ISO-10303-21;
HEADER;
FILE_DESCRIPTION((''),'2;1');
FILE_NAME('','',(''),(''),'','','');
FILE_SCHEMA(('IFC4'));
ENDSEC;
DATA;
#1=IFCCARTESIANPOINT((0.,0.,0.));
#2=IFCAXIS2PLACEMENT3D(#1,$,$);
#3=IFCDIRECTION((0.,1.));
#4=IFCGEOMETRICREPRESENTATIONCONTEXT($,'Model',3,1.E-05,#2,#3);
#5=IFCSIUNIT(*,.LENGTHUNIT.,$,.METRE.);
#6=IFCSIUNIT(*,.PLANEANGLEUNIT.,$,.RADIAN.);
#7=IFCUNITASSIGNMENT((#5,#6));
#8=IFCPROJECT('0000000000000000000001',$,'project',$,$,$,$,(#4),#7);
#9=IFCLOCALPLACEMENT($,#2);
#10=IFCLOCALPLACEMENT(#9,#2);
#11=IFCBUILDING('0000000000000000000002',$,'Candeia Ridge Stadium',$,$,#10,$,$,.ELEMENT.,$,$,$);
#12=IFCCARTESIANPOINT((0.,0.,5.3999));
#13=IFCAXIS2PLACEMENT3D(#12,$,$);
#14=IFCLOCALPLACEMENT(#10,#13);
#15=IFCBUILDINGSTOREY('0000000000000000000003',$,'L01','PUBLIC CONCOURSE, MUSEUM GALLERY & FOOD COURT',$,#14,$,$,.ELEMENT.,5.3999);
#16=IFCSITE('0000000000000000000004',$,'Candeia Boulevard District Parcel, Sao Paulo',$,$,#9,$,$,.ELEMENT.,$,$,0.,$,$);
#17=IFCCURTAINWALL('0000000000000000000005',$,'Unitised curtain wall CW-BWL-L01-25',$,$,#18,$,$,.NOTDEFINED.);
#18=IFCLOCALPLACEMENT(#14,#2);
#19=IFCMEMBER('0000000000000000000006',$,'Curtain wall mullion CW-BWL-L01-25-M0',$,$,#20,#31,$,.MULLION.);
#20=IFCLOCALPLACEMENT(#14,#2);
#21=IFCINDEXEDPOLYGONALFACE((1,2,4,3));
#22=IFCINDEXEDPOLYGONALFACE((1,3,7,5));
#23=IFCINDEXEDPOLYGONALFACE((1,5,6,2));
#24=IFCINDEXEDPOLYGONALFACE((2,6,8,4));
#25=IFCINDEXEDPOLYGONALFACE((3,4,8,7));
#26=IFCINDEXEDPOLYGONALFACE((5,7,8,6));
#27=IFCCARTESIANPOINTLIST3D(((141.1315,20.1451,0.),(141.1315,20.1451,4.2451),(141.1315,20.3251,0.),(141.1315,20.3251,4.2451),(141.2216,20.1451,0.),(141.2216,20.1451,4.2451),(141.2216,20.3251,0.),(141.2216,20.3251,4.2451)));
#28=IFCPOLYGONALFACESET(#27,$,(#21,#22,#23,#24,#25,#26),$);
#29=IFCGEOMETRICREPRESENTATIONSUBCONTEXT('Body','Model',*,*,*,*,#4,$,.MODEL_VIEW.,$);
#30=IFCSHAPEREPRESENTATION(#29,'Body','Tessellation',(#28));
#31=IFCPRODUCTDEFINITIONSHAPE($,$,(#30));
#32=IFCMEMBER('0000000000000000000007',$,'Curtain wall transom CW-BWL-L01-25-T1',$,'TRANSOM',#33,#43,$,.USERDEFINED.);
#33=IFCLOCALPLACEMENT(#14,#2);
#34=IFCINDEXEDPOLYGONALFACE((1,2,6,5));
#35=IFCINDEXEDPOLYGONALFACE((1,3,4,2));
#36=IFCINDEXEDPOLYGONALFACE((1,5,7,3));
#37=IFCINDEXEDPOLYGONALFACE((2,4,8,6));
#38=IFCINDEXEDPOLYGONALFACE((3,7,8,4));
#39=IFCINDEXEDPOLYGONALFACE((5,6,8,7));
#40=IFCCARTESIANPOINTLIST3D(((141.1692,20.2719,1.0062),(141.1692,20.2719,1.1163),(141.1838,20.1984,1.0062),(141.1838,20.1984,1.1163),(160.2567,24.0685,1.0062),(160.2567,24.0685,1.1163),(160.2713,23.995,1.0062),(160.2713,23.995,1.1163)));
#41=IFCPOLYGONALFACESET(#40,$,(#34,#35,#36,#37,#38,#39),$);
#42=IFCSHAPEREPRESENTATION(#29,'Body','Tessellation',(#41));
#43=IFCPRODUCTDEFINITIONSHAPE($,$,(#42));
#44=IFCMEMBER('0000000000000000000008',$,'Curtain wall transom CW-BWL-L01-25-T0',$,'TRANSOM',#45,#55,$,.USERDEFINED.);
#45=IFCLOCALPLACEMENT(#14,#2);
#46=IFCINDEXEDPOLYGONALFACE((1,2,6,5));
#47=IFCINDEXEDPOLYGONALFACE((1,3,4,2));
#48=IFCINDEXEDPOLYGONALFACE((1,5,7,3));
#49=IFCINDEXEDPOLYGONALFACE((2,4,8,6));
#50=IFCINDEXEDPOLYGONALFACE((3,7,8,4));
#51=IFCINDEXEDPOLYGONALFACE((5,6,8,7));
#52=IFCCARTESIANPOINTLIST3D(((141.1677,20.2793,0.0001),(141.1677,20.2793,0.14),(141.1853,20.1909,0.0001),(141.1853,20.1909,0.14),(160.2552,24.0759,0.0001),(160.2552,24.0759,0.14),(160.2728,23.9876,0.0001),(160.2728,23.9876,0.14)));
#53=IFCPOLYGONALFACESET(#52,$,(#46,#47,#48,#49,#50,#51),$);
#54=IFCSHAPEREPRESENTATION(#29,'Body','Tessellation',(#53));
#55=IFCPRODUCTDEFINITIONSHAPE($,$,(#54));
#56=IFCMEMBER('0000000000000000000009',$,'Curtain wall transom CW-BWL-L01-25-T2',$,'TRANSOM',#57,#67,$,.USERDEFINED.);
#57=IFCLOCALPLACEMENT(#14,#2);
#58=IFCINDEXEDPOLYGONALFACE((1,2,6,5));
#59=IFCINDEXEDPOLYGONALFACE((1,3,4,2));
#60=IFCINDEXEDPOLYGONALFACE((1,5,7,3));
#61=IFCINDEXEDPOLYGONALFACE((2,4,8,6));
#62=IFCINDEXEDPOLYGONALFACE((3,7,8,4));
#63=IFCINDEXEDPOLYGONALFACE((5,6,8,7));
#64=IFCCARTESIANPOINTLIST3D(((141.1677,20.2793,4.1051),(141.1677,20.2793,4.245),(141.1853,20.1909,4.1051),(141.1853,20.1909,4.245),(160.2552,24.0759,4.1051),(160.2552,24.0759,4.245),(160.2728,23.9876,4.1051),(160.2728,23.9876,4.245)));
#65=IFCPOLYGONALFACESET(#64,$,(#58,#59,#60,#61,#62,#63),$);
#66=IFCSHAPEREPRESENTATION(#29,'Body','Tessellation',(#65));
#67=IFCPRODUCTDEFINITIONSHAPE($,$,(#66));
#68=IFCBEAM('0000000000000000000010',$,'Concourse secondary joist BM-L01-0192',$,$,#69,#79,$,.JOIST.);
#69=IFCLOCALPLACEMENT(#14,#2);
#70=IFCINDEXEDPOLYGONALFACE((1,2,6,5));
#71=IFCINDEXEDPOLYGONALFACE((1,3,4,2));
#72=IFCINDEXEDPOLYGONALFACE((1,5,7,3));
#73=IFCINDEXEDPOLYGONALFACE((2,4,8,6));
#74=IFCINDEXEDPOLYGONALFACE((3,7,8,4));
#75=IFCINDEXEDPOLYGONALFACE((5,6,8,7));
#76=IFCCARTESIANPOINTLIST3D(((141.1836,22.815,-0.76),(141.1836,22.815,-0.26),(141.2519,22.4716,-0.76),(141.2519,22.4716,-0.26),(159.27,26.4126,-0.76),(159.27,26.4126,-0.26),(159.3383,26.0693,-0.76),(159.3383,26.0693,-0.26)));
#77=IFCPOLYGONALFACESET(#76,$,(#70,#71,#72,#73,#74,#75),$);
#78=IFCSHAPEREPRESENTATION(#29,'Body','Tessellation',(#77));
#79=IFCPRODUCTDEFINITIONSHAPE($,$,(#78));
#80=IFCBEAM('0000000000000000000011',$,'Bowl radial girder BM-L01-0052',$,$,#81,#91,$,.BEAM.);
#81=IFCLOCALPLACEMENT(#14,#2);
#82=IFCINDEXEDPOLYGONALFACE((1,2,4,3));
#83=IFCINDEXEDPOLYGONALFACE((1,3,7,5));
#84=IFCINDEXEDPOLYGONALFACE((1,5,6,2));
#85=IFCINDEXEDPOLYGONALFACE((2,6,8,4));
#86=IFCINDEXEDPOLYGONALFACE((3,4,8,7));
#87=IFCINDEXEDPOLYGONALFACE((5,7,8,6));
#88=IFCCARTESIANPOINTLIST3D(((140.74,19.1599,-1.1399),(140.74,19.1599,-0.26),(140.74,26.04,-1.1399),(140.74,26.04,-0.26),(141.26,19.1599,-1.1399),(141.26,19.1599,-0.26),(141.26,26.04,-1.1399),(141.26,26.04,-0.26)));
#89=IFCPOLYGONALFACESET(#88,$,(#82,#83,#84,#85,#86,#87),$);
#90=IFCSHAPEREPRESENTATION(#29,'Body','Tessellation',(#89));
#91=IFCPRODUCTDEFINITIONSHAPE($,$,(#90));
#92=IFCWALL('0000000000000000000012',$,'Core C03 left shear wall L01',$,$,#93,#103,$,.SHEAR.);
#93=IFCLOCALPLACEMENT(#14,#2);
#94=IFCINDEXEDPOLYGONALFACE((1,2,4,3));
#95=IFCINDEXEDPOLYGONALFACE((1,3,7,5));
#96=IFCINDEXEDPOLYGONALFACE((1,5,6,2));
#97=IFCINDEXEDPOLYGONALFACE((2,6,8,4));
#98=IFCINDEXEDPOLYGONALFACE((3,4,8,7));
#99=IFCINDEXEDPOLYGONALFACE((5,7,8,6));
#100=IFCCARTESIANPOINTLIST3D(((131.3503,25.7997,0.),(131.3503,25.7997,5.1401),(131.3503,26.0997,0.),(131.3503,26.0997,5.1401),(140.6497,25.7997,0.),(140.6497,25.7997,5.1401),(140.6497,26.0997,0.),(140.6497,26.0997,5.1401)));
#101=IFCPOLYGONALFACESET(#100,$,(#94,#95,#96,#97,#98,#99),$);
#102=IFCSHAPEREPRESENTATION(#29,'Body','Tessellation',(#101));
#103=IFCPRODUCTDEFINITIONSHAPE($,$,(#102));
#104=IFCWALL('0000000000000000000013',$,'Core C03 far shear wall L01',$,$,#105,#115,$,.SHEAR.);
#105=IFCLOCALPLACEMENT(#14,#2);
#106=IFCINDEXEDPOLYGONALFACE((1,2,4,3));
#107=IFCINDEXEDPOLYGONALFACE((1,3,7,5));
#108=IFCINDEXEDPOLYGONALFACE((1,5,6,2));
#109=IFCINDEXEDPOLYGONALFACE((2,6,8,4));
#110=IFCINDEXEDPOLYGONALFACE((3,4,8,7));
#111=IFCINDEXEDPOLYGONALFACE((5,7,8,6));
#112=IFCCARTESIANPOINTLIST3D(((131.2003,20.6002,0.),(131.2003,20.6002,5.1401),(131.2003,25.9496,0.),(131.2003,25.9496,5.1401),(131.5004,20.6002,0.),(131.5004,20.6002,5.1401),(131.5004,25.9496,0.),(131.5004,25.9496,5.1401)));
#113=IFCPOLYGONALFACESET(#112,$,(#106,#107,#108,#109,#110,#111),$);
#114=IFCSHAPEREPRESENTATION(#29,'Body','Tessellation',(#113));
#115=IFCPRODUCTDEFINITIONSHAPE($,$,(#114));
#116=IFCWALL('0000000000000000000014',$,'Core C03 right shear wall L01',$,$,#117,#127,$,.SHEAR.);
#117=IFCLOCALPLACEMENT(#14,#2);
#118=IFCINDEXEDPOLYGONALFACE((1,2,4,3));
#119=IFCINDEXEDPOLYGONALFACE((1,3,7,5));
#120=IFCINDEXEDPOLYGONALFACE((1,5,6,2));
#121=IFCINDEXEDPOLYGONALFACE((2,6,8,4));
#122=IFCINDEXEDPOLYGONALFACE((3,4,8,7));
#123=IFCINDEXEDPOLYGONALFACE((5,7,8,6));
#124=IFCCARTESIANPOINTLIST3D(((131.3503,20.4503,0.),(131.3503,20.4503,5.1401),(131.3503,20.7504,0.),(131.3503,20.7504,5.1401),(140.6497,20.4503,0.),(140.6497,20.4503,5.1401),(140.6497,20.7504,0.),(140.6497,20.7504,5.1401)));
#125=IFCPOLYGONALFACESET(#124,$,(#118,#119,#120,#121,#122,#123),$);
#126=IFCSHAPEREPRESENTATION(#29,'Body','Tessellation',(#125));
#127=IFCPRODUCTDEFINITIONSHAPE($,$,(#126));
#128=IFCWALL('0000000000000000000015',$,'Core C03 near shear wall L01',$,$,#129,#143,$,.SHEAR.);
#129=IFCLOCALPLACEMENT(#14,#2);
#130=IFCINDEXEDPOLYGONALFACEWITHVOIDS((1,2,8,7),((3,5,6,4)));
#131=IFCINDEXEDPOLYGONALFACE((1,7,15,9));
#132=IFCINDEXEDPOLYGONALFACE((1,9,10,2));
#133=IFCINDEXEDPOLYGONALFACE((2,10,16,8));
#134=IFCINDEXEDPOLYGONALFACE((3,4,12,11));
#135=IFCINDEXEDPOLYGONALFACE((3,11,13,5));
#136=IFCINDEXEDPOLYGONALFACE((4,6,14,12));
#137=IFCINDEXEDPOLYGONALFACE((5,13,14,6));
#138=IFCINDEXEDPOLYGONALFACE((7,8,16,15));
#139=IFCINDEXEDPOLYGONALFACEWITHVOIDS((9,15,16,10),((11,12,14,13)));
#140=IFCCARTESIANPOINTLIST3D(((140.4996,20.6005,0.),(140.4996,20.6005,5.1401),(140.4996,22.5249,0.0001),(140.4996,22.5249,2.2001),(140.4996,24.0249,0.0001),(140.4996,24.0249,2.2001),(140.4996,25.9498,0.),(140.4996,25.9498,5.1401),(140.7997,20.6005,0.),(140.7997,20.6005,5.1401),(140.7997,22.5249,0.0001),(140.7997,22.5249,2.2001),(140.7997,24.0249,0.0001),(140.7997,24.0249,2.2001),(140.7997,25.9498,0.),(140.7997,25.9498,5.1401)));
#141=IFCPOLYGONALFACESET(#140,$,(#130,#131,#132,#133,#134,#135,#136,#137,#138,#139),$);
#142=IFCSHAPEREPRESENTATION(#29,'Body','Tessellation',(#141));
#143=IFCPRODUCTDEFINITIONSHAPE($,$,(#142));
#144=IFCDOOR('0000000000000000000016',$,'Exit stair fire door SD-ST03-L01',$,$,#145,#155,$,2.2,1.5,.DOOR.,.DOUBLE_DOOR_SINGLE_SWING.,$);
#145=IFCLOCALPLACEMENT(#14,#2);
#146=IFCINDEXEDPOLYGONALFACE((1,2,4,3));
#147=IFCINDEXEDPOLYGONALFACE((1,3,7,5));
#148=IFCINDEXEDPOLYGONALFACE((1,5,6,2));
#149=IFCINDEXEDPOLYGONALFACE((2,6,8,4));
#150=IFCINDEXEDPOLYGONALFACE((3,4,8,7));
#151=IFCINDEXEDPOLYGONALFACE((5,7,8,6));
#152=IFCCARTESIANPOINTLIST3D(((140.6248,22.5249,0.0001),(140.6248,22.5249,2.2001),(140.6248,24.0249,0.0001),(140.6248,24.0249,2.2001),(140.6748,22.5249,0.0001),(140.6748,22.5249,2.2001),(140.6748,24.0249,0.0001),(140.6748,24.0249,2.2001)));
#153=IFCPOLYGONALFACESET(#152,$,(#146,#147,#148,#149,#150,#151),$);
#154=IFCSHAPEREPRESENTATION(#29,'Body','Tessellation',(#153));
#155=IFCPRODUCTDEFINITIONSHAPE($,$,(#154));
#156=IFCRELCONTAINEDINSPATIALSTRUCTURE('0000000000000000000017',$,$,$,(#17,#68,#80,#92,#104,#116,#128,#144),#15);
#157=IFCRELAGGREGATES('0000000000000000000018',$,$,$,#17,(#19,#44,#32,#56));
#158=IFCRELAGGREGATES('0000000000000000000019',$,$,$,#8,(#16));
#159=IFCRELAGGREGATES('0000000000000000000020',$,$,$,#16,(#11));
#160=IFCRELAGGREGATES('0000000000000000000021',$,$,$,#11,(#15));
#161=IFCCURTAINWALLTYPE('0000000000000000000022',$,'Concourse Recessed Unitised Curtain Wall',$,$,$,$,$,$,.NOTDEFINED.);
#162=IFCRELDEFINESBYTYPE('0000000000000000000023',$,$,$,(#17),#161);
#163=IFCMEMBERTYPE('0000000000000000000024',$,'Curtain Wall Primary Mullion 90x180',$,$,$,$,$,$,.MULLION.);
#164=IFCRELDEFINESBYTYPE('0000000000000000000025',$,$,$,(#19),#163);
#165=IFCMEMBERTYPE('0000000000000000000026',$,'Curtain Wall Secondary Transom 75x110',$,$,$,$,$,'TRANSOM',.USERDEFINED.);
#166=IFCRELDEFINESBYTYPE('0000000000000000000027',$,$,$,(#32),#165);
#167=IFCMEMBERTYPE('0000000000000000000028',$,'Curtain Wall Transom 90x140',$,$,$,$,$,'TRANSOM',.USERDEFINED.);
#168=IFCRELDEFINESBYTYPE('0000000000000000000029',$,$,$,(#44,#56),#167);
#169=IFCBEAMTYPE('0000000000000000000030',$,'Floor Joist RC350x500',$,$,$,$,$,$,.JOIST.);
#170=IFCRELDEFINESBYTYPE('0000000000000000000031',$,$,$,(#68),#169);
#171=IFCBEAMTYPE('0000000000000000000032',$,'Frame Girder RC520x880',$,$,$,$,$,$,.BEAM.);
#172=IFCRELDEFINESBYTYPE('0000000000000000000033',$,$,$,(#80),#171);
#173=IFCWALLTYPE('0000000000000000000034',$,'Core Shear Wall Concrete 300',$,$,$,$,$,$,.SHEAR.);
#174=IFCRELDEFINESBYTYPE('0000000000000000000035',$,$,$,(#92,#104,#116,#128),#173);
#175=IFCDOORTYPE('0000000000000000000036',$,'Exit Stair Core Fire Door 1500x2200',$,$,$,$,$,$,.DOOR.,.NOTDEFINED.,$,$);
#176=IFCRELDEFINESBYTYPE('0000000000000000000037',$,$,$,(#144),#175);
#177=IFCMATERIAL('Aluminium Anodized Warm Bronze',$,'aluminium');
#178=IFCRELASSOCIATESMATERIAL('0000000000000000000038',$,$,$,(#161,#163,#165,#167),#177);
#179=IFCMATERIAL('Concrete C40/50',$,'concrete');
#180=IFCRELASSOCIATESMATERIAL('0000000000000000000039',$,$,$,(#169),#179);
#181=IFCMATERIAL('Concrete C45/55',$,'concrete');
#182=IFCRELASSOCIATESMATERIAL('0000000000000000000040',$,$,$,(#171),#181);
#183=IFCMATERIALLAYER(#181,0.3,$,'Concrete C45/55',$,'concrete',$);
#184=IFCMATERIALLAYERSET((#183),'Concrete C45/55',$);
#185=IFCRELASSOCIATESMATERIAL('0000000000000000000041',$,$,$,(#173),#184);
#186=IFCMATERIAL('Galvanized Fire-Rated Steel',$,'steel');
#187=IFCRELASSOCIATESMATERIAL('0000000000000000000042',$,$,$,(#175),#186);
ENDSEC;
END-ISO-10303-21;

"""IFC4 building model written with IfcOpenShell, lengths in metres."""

from ifc_helpers import new_model, si_unit, direction, frame, frame_2d, origin, origin_2d, place, context, subcontext, project, spatial, rectangle, extrude, material, layer, layer_set, material_profile, profile_set, type_object, element, fill, aggregate, save


model = new_model("IFC4")

# Units and contexts
model_context = context("Model", 3, precision=1e-05, world=origin(), true_north=direction((0.0, 1.0)))
body_context = subcontext(model_context, "Body", "Model", "MODEL_VIEW")
ifc_project = project(units=[si_unit("LENGTHUNIT", "METRE"), si_unit("PLANEANGLEUNIT", "RADIAN")], contexts=[model_context])

# Site, building, storey
site_placement = place(None, origin())
site = spatial("IfcSite", under=ifc_project, at=site_placement, Name="Candeia Boulevard District Parcel, Sao Paulo", CompositionType="ELEMENT", RefElevation=0.0)
building_placement = place(site_placement, origin())
building = spatial("IfcBuilding", under=site, at=building_placement, Name="Candeia Ridge Stadium", CompositionType="ELEMENT")
storey_placement = place(building_placement, frame((0.0, 0.0, 5.3999)))
storey = spatial("IfcBuildingStorey", under=building, at=storey_placement, Name="L01", Description="PUBLIC CONCOURSE, MUSEUM GALLERY & FOOD COURT", CompositionType="ELEMENT", Elevation=5.3999)

# Curtain wall, members
ifc_material_1 = material(Name="Aluminium Anodized Warm Bronze", Category="aluminium")
curtain_wall_type = type_object("IfcCurtainWallType", Name="Concourse Recessed Unitised Curtain Wall", PredefinedType="NOTDEFINED", material=ifc_material_1)
curtain_wall_placement = place(storey_placement, origin())
curtain_wall = element("IfcCurtainWall", 1, at=curtain_wall_placement, inside=storey, type_object=curtain_wall_type, Name="Unitised curtain wall CW-BWL-L01-25", PredefinedType="NOTDEFINED")
ifc_material_profile_1 = material_profile(ifc_material_1, rectangle(XDim=0.0901, YDim=0.1799, at=origin_2d()), Name="CWM-90x180", Category="aluminium")
ifc_profile_set_1 = profile_set([ifc_material_profile_1], Name="Aluminium Anodized Warm Bronze")
member_type_1 = type_object("IfcMemberType", Name="Curtain Wall Primary Mullion 90x180", PredefinedType="MULLION", material=ifc_profile_set_1)
member_1_placement = place(storey_placement, frame((141.1765, 20.2351, 0.0), z_axis=(0.0, 0.0, 1.0), x_axis=(1.0, 0.0, 0.0)))
member_1 = element("IfcMember", 2, at=member_1_placement, type_object=member_type_1, Name="Curtain wall mullion CW-BWL-L01-25-M0", PredefinedType="MULLION", context=body_context, shape_type="SweptSolid", body=[
    extrude(rectangle(XDim=0.0901, YDim=0.1799, at=origin_2d()), origin(), (0.0, 0.0, 1.0), 4.2451),
])
ifc_material_profile_2 = material_profile(ifc_material_1, rectangle(XDim=0.075, YDim=0.1101, at=origin_2d()), Name="CWT-75x110", Category="aluminium")
ifc_profile_set_2 = profile_set([ifc_material_profile_2], Name="Aluminium Anodized Warm Bronze")
member_type_2 = type_object("IfcMemberType", Name="Curtain Wall Secondary Transom 75x110", ElementType="TRANSOM", PredefinedType="USERDEFINED", material=ifc_profile_set_2)
member_2_placement = place(storey_placement, frame((141.1765, 20.2351, 1.0613), z_axis=(0.980786, 0.195086, 0.0), x_axis=(-0.195086, 0.980786, 0.0)))
member_2 = element("IfcMember", 3, at=member_2_placement, type_object=member_type_2, Name="Curtain wall transom CW-BWL-L01-25-T1", ObjectType="TRANSOM", PredefinedType="USERDEFINED", context=body_context, shape_type="SweptSolid", body=[
    extrude(rectangle(XDim=0.075, YDim=0.1101, at=origin_2d()), origin(), (0.0, 0.0, 1.0), 19.4614),
])
ifc_material_profile_3 = material_profile(ifc_material_1, rectangle(XDim=0.0901, YDim=0.1399, at=origin_2d()), Name="CWT-90x140", Category="aluminium")
ifc_profile_set_3 = profile_set([ifc_material_profile_3], Name="Aluminium Anodized Warm Bronze")
member_type_3 = type_object("IfcMemberType", Name="Curtain Wall Transom 90x140", ElementType="TRANSOM", PredefinedType="USERDEFINED", material=ifc_profile_set_3)
member_3_placement = place(storey_placement, frame((141.1765, 20.2351, 0.0701), z_axis=(0.980786, 0.195086, 0.0), x_axis=(-0.195086, 0.980786, 0.0)))
member_3 = element("IfcMember", 4, at=member_3_placement, type_object=member_type_3, Name="Curtain wall transom CW-BWL-L01-25-T0", ObjectType="TRANSOM", PredefinedType="USERDEFINED", context=body_context, shape_type="SweptSolid", body=[
    extrude(rectangle(XDim=0.0901, YDim=0.1399, at=origin_2d()), origin(), (0.0, 0.0, 1.0), 19.4614),
])
member_4_placement = place(storey_placement, frame((141.1765, 20.2351, 4.175), z_axis=(0.980786, 0.195086, 0.0), x_axis=(-0.195086, 0.980786, 0.0)))
member_4 = element("IfcMember", 5, at=member_4_placement, type_object=member_type_3, Name="Curtain wall transom CW-BWL-L01-25-T2", ObjectType="TRANSOM", PredefinedType="USERDEFINED", context=body_context, shape_type="SweptSolid", body=[
    extrude(rectangle(XDim=0.0901, YDim=0.1399, at=origin_2d()), origin(), (0.0, 0.0, 1.0), 19.4614),
])
aggregate(curtain_wall, [member_1, member_3, member_2, member_4])

# Beams
ifc_material_2 = material(Name="Concrete C40/50", Category="concrete")
ifc_material_profile_4 = material_profile(ifc_material_2, rectangle(XDim=0.3501, YDim=0.5, at=origin_2d()), Name="RC350x500", Category="concrete")
ifc_profile_set_4 = profile_set([ifc_material_profile_4], Name="Concrete C40/50")
beam_type_1 = type_object("IfcBeamType", Name="Floor Joist RC350x500", PredefinedType="JOIST", material=ifc_profile_set_4)
beam_1_placement = place(storey_placement, frame((141.2178, 22.6433, -0.51), z_axis=(0.980785, 0.195093, 0.0), x_axis=(-0.195093, 0.980785, 0.0)))
element("IfcBeam", 6, at=beam_1_placement, inside=storey, type_object=beam_type_1, Name="Concourse secondary joist BM-L01-0192", PredefinedType="JOIST", context=body_context, shape_type="SweptSolid", body=[
    extrude(rectangle(XDim=0.3501, YDim=0.5, at=origin_2d()), origin(), (0.0, 0.0, 1.0), 18.4407),
])
ifc_material_3 = material(Name="Concrete C45/55", Category="concrete")
ifc_material_profile_5 = material_profile(ifc_material_3, rectangle(XDim=0.52, YDim=0.8799, at=origin_2d()), Name="RC520x880", Category="concrete")
ifc_profile_set_5 = profile_set([ifc_material_profile_5], Name="Concrete C45/55")
beam_type_2 = type_object("IfcBeamType", Name="Frame Girder RC520x880", PredefinedType="BEAM", material=ifc_profile_set_5)
beam_2_placement = place(storey_placement, frame((141.0, 26.04, -0.7), z_axis=(0.0, -1.0, 0.0), x_axis=(1.0, 0.0, 0.0)))
element("IfcBeam", 7, at=beam_2_placement, inside=storey, type_object=beam_type_2, Name="Bowl radial girder BM-L01-0052", PredefinedType="BEAM", context=body_context, shape_type="SweptSolid", body=[
    extrude(rectangle(XDim=0.52, YDim=0.8799, at=origin_2d()), origin(), (0.0, 0.0, 1.0), 6.8801),
])

# Walls
ifc_layer_1 = layer(ifc_material_3, 0.3, Name="Concrete C45/55", Category="concrete")
ifc_layer_set_1 = layer_set([ifc_layer_1], Name="Concrete C45/55")
wall_type = type_object("IfcWallType", Name="Core Shear Wall Concrete 300", PredefinedType="SHEAR", material=ifc_layer_set_1)
wall_1_placement = place(storey_placement, frame((140.6497, 25.9497, 0.0), z_axis=(0.0, 0.0, 1.0), x_axis=(-1.0, 0.0, 0.0)))
element("IfcWall", 8, at=wall_1_placement, inside=storey, type_object=wall_type, Name="Core C03 left shear wall L01", PredefinedType="SHEAR", context=body_context, shape_type="SweptSolid", body=[
    extrude(rectangle(XDim=9.2993, YDim=0.3, at=frame_2d((4.6497, 0.0))), origin(), (0.0, 0.0, 1.0), 5.1401),
])
wall_2_placement = place(storey_placement, frame((131.3503, 25.9497, 0.0), z_axis=(0.0, 0.0, 1.0), x_axis=(0.0, -1.0, 0.0)))
element("IfcWall", 9, at=wall_2_placement, inside=storey, type_object=wall_type, Name="Core C03 far shear wall L01", PredefinedType="SHEAR", context=body_context, shape_type="SweptSolid", body=[
    extrude(rectangle(XDim=5.3494, YDim=0.3, at=frame_2d((2.6748, 0.0))), origin(), (0.0, 0.0, 1.0), 5.1401),
])
wall_3_placement = place(storey_placement, frame((131.3503, 20.6003, 0.0), z_axis=(0.0, 0.0, 1.0), x_axis=(1.0, 0.0, 0.0)))
element("IfcWall", 10, at=wall_3_placement, inside=storey, type_object=wall_type, Name="Core C03 right shear wall L01", PredefinedType="SHEAR", context=body_context, shape_type="SweptSolid", body=[
    extrude(rectangle(XDim=9.2993, YDim=0.3, at=frame_2d((4.6497, 0.0))), origin(), (0.0, 0.0, 1.0), 5.1401),
])

# Wall, opening, door
wall_4_placement = place(storey_placement, frame((140.6497, 20.6003, 0.0), z_axis=(0.0, 0.0, 1.0), x_axis=(0.0, 1.0, 0.0)))
wall_4 = element("IfcWall", 11, at=wall_4_placement, inside=storey, type_object=wall_type, Name="Core C03 near shear wall L01", PredefinedType="SHEAR", context=body_context, shape_type="SweptSolid", body=[
    extrude(rectangle(XDim=5.3494, YDim=0.3, at=frame_2d((2.6748, 0.0))), origin(), (0.0, 0.0, 1.0), 5.1401),
])
opening_placement = place(wall_4_placement, frame((1.9246, 0.0, 0.0)))
opening = element("IfcOpeningElement", 12, at=opening_placement, cuts=wall_4, PredefinedType="OPENING", context=body_context, shape_type="SweptSolid", body=[
    extrude(rectangle(XDim=1.5, YDim=2.2, at=frame_2d((0.75, 1.1001))), frame((0.0, 0.1599, 0.0), z_axis=(0.0, -1.0, 0.0), x_axis=(1.0, 0.0, 0.0)), (0.0, 0.0, 1.0), 0.3201),
])
ifc_material_4 = material(Name="Galvanized Fire-Rated Steel", Category="steel")
door_type = type_object("IfcDoorType", Name="Exit Stair Core Fire Door 1500x2200", OperationType="NOTDEFINED", PredefinedType="DOOR", material=ifc_material_4)
door_placement = place(opening_placement, origin())
door = element("IfcDoor", 13, at=door_placement, inside=storey, type_object=door_type, Name="Exit stair fire door SD-ST03-L01", OperationType="DOUBLE_DOOR_SINGLE_SWING", OverallHeight=2.2, OverallWidth=1.5, PredefinedType="DOOR", context=body_context, shape_type="SweptSolid", body=[
    extrude(rectangle(XDim=1.5, YDim=2.2, at=frame_2d((0.75, 1.1001))), frame((0.0, 0.0249, 0.0), z_axis=(0.0, -1.0, 0.0), x_axis=(1.0, 0.0, 0.0)), (0.0, 0.0, 1.0), 0.05),
])
fill(opening, door)

save(model, "model.ifc")
